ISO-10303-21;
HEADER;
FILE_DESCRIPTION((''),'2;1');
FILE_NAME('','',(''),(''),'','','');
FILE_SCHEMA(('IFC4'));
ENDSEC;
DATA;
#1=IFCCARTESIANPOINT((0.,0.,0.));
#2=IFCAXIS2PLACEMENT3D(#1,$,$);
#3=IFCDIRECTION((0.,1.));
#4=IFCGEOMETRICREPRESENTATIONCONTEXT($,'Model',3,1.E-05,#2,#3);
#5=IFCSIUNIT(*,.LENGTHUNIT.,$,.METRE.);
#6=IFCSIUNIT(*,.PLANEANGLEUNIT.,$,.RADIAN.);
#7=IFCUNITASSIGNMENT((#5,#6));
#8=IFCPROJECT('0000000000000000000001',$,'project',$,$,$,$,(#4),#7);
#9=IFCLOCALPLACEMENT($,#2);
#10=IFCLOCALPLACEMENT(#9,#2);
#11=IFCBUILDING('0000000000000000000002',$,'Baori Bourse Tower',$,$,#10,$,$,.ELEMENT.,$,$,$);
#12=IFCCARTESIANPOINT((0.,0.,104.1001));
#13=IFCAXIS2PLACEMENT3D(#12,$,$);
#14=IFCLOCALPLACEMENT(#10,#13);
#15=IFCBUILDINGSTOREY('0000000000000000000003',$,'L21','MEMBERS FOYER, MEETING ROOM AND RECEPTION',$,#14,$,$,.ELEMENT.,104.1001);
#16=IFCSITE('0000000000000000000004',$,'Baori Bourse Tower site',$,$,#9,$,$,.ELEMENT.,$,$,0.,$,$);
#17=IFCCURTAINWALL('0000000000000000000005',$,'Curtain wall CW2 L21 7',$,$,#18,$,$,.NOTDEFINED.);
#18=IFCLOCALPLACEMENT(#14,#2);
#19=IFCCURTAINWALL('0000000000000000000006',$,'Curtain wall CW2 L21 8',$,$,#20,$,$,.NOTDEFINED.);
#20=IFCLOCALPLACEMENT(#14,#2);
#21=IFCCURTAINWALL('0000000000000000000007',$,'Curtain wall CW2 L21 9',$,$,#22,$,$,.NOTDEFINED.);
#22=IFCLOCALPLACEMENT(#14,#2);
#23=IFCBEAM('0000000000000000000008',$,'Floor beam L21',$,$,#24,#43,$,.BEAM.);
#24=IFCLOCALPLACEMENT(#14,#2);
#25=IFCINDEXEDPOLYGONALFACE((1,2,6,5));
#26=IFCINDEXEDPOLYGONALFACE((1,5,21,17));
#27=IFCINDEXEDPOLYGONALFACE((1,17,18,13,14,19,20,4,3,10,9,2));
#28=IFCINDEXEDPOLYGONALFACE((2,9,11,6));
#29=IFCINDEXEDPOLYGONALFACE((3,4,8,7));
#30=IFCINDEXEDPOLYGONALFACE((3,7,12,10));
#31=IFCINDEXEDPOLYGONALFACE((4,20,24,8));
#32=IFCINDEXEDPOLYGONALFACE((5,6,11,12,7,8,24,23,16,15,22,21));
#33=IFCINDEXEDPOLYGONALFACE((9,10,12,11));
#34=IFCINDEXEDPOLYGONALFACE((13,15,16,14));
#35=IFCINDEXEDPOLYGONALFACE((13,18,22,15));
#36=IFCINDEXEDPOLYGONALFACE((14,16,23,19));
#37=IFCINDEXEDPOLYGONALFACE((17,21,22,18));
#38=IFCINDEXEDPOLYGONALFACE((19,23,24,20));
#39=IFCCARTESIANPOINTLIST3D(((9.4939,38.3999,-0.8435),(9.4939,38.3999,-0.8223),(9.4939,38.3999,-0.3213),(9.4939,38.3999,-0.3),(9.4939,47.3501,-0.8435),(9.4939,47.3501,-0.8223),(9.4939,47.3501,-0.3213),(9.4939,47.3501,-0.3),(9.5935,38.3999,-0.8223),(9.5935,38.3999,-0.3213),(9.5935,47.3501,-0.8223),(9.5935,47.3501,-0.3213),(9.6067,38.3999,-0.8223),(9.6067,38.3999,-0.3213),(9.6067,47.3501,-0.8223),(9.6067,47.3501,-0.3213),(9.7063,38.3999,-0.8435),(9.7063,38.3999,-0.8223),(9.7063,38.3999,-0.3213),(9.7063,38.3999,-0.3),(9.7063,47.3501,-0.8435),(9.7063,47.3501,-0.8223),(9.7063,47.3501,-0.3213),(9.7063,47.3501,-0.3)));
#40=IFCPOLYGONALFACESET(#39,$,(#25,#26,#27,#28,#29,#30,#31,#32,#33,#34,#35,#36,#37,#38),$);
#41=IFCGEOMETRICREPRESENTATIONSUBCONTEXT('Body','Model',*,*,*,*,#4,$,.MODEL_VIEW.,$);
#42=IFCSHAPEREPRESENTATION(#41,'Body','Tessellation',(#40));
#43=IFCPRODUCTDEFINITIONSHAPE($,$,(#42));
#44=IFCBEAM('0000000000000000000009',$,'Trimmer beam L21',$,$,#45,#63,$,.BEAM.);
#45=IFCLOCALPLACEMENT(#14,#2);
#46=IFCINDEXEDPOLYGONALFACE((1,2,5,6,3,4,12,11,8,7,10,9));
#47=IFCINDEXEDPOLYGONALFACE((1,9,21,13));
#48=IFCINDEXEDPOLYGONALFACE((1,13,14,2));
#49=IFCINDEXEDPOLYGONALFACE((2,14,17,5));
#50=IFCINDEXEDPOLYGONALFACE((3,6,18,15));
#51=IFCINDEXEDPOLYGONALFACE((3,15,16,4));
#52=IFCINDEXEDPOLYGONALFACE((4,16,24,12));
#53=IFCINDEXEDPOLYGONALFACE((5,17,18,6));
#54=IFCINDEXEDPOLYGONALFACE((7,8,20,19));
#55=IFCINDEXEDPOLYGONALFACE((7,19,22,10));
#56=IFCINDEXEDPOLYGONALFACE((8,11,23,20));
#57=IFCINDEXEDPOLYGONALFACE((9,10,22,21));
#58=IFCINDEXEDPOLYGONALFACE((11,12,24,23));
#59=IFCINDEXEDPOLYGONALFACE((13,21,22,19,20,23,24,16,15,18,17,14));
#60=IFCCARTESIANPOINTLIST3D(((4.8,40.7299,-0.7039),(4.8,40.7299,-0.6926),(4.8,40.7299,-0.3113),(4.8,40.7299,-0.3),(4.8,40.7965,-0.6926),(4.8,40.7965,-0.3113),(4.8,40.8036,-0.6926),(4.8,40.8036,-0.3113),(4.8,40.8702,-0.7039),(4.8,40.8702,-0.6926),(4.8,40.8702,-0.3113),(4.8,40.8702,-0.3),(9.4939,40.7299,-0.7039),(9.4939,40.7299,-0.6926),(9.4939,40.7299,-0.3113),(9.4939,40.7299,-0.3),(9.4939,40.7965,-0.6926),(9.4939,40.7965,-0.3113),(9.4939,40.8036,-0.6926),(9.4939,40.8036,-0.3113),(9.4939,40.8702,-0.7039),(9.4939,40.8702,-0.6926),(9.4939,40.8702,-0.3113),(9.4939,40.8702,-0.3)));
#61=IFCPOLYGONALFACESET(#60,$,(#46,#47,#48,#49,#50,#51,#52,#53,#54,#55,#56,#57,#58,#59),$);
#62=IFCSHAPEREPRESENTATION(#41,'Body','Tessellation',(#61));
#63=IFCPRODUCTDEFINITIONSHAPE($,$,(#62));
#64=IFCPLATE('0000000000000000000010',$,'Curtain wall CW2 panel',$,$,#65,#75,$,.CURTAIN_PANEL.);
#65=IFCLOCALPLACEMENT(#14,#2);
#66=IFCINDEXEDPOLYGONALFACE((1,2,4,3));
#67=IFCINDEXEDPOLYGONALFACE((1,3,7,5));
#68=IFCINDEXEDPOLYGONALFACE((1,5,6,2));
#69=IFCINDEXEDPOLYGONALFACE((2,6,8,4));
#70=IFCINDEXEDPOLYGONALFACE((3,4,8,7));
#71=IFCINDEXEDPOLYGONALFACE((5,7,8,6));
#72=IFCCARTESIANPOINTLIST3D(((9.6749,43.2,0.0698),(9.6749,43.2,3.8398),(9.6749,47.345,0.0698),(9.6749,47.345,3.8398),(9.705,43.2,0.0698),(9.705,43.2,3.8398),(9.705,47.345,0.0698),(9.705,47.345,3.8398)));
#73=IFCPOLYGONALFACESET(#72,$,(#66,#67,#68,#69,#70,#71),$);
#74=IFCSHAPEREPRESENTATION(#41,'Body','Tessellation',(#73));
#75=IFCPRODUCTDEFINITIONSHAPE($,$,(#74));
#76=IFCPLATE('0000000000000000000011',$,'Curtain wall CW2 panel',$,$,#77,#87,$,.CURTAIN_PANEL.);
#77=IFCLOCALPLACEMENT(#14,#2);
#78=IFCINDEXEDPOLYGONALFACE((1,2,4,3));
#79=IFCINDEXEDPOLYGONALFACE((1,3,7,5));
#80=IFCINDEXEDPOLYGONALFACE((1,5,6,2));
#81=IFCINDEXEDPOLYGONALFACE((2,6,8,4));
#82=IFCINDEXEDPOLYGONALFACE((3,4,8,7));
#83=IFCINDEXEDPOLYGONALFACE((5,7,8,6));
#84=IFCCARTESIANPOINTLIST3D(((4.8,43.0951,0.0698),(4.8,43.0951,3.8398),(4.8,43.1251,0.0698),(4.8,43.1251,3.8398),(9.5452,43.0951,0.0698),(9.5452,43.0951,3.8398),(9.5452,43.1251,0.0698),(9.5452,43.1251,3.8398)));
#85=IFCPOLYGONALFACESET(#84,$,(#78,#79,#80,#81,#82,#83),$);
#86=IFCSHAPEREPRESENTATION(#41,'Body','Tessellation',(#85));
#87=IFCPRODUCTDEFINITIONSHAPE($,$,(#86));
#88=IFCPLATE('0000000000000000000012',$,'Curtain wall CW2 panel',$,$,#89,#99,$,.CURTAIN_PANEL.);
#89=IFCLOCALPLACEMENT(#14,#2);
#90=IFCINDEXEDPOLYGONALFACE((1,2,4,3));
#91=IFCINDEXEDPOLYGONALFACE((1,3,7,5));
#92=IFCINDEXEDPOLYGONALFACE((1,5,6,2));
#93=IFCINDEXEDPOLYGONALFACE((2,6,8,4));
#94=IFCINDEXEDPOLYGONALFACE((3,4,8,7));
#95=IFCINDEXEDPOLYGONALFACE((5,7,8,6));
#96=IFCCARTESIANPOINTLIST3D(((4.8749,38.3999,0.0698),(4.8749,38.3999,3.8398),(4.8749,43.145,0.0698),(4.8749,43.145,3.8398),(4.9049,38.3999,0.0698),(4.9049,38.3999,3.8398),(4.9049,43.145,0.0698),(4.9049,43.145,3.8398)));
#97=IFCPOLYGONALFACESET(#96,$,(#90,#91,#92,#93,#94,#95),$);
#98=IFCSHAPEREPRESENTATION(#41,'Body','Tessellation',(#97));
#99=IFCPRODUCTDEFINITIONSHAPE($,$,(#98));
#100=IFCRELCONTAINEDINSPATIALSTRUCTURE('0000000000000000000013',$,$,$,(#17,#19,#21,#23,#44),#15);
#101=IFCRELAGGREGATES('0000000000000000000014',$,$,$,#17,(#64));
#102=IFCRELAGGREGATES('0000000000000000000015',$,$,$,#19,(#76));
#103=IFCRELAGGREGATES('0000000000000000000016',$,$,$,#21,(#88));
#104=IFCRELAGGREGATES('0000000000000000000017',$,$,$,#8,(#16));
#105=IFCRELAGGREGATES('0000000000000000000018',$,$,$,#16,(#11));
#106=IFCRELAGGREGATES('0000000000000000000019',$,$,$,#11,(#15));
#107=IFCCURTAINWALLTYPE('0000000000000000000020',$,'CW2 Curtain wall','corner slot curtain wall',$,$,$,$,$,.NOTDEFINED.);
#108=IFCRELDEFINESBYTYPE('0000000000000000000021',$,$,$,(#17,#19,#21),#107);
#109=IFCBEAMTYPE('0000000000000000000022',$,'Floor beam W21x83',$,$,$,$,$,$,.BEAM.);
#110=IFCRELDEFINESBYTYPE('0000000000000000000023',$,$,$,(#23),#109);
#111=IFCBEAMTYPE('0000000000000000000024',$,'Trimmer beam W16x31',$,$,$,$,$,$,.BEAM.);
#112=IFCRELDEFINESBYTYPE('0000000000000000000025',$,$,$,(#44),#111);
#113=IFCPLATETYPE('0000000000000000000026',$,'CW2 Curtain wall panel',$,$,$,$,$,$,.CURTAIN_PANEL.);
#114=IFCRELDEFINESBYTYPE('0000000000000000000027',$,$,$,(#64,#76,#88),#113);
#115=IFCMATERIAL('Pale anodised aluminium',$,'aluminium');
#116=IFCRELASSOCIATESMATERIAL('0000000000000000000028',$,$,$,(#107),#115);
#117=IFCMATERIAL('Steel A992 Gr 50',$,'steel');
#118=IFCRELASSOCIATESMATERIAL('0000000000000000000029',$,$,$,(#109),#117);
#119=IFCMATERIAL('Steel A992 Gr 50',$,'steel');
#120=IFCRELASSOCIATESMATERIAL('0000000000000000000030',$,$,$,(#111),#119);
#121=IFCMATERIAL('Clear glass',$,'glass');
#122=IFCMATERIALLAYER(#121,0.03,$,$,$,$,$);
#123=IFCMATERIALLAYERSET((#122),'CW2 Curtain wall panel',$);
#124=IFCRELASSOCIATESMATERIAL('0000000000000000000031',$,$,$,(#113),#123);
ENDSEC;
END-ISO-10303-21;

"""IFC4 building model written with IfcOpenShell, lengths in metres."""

from ifc_helpers import new_model, si_unit, direction, frame, origin, origin_2d, place, context, subcontext, project, spatial, rectangle, i_section, extrude, material, layer, layer_set, material_profile, profile_set, type_object, element, aggregate, save


model = new_model("IFC4")

# Units and contexts
model_context = context("Model", 3, precision=1e-05, world=origin(), true_north=direction((0.0, 1.0)))
body_context = subcontext(model_context, "Body", "Model", "MODEL_VIEW")
ifc_project = project(units=[si_unit("LENGTHUNIT", "METRE"), si_unit("PLANEANGLEUNIT", "RADIAN")], contexts=[model_context])

# Site, building, storey
site_placement = place(None, origin())
site = spatial("IfcSite", under=ifc_project, at=site_placement, Name="Baori Bourse Tower site", CompositionType="ELEMENT", RefElevation=0.0)
building_placement = place(site_placement, origin())
building = spatial("IfcBuilding", under=site, at=building_placement, Name="Baori Bourse Tower", CompositionType="ELEMENT")
storey_placement = place(building_placement, frame((0.0, 0.0, 104.1001)))
storey = spatial("IfcBuildingStorey", under=building, at=storey_placement, Name="L21", Description="MEMBERS FOYER, MEETING ROOM AND RECEPTION", CompositionType="ELEMENT", Elevation=104.1001)

# Curtain walls
ifc_material_1 = material(Name="Pale anodised aluminium", Category="aluminium")
curtain_wall_type = type_object("IfcCurtainWallType", Name="CW2 Curtain wall", Description="corner slot curtain wall", PredefinedType="NOTDEFINED", material=ifc_material_1)
curtain_wall_1_placement = place(storey_placement, origin())
curtain_wall_1 = element("IfcCurtainWall", 1, at=curtain_wall_1_placement, inside=storey, type_object=curtain_wall_type, Name="Curtain wall CW2 L21 7", PredefinedType="NOTDEFINED")
curtain_wall_2_placement = place(storey_placement, origin())
curtain_wall_2 = element("IfcCurtainWall", 2, at=curtain_wall_2_placement, inside=storey, type_object=curtain_wall_type, Name="Curtain wall CW2 L21 8", PredefinedType="NOTDEFINED")
curtain_wall_3_placement = place(storey_placement, origin())
curtain_wall_3 = element("IfcCurtainWall", 3, at=curtain_wall_3_placement, inside=storey, type_object=curtain_wall_type, Name="Curtain wall CW2 L21 9", PredefinedType="NOTDEFINED")

# Beams
ifc_material_2 = material(Name="Steel A992 Gr 50", Category="steel")
ifc_material_profile_1 = material_profile(ifc_material_2, i_section(OverallWidth=0.2124, OverallDepth=0.5435, WebThickness=0.0132, FlangeThickness=0.0212, at=origin_2d()), Name="W21x83")
ifc_profile_set_1 = profile_set([ifc_material_profile_1], Name="Steel A992 Gr 50")
beam_type_1 = type_object("IfcBeamType", Name="Floor beam W21x83", PredefinedType="BEAM", material=ifc_profile_set_1)
beam_1_placement = place(storey_placement, frame((9.6001, 38.3999, -0.5718), z_axis=(0.0, 1.0, 0.0), x_axis=(-1.0, 0.0, 0.0)))
element("IfcBeam", 4, at=beam_1_placement, inside=storey, type_object=beam_type_1, Name="Floor beam L21", PredefinedType="BEAM", context=body_context, shape_type="SweptSolid", body=[
    extrude(i_section(OverallWidth=0.2124, OverallDepth=0.5435, WebThickness=0.0132, FlangeThickness=0.0212, at=origin_2d()), origin(), (0.0, 0.0, 1.0), 8.9502),
])
ifc_material_3 = material(Name="Steel A992 Gr 50", Category="steel")
ifc_material_profile_2 = material_profile(ifc_material_3, i_section(OverallWidth=0.1404, OverallDepth=0.4038, WebThickness=0.0071, FlangeThickness=0.0112, at=origin_2d()), Name="W16x31")
ifc_profile_set_2 = profile_set([ifc_material_profile_2], Name="Steel A992 Gr 50")
beam_type_2 = type_object("IfcBeamType", Name="Trimmer beam W16x31", PredefinedType="BEAM", material=ifc_profile_set_2)
beam_2_placement = place(storey_placement, frame((4.8, 40.8, -0.502), z_axis=(1.0, 0.0, 0.0), x_axis=(0.0, 1.0, 0.0)))
element("IfcBeam", 5, at=beam_2_placement, inside=storey, type_object=beam_type_2, Name="Trimmer beam L21", PredefinedType="BEAM", context=body_context, shape_type="SweptSolid", body=[
    extrude(i_section(OverallWidth=0.1404, OverallDepth=0.4038, WebThickness=0.0071, FlangeThickness=0.0112, at=origin_2d()), origin(), (0.0, 0.0, 1.0), 4.6938),
])

# Plates
ifc_material_4 = material(Name="Clear glass", Category="glass")
ifc_layer_1 = layer(ifc_material_4, 0.03)
ifc_layer_set_1 = layer_set([ifc_layer_1], Name="CW2 Curtain wall panel")
plate_type = type_object("IfcPlateType", Name="CW2 Curtain wall panel", PredefinedType="CURTAIN_PANEL", material=ifc_layer_set_1)
plate_1_placement = place(storey_placement, frame((9.6899, 45.2725, 0.0698), z_axis=(0.0, 0.0, 1.0), x_axis=(0.0, -1.0, 0.0)))
plate_1 = element("IfcPlate", 6, at=plate_1_placement, type_object=plate_type, Name="Curtain wall CW2 panel", PredefinedType="CURTAIN_PANEL", context=body_context, shape_type="SweptSolid", body=[
    extrude(rectangle(XDim=4.145, YDim=0.03, at=origin_2d()), origin(), (0.0, 0.0, 1.0), 3.77),
])
aggregate(curtain_wall_1, [plate_1])
plate_2_placement = place(storey_placement, frame((7.1726, 43.1101, 0.0698), z_axis=(0.0, 0.0, 1.0), x_axis=(-1.0, 0.0, 0.0)))
plate_2 = element("IfcPlate", 7, at=plate_2_placement, type_object=plate_type, Name="Curtain wall CW2 panel", PredefinedType="CURTAIN_PANEL", context=body_context, shape_type="SweptSolid", body=[
    extrude(rectangle(XDim=4.7451, YDim=0.03, at=origin_2d()), origin(), (0.0, 0.0, 1.0), 3.77),
])
aggregate(curtain_wall_2, [plate_2])
plate_3_placement = place(storey_placement, frame((4.8899, 40.7725, 0.0698), z_axis=(0.0, 0.0, 1.0), x_axis=(0.0, -1.0, 0.0)))
plate_3 = element("IfcPlate", 8, at=plate_3_placement, type_object=plate_type, Name="Curtain wall CW2 panel", PredefinedType="CURTAIN_PANEL", context=body_context, shape_type="SweptSolid", body=[
    extrude(rectangle(XDim=4.7451, YDim=0.03, at=origin_2d()), origin(), (0.0, 0.0, 1.0), 3.77),
])
aggregate(curtain_wall_3, [plate_3])

save(model, "model.ifc")
